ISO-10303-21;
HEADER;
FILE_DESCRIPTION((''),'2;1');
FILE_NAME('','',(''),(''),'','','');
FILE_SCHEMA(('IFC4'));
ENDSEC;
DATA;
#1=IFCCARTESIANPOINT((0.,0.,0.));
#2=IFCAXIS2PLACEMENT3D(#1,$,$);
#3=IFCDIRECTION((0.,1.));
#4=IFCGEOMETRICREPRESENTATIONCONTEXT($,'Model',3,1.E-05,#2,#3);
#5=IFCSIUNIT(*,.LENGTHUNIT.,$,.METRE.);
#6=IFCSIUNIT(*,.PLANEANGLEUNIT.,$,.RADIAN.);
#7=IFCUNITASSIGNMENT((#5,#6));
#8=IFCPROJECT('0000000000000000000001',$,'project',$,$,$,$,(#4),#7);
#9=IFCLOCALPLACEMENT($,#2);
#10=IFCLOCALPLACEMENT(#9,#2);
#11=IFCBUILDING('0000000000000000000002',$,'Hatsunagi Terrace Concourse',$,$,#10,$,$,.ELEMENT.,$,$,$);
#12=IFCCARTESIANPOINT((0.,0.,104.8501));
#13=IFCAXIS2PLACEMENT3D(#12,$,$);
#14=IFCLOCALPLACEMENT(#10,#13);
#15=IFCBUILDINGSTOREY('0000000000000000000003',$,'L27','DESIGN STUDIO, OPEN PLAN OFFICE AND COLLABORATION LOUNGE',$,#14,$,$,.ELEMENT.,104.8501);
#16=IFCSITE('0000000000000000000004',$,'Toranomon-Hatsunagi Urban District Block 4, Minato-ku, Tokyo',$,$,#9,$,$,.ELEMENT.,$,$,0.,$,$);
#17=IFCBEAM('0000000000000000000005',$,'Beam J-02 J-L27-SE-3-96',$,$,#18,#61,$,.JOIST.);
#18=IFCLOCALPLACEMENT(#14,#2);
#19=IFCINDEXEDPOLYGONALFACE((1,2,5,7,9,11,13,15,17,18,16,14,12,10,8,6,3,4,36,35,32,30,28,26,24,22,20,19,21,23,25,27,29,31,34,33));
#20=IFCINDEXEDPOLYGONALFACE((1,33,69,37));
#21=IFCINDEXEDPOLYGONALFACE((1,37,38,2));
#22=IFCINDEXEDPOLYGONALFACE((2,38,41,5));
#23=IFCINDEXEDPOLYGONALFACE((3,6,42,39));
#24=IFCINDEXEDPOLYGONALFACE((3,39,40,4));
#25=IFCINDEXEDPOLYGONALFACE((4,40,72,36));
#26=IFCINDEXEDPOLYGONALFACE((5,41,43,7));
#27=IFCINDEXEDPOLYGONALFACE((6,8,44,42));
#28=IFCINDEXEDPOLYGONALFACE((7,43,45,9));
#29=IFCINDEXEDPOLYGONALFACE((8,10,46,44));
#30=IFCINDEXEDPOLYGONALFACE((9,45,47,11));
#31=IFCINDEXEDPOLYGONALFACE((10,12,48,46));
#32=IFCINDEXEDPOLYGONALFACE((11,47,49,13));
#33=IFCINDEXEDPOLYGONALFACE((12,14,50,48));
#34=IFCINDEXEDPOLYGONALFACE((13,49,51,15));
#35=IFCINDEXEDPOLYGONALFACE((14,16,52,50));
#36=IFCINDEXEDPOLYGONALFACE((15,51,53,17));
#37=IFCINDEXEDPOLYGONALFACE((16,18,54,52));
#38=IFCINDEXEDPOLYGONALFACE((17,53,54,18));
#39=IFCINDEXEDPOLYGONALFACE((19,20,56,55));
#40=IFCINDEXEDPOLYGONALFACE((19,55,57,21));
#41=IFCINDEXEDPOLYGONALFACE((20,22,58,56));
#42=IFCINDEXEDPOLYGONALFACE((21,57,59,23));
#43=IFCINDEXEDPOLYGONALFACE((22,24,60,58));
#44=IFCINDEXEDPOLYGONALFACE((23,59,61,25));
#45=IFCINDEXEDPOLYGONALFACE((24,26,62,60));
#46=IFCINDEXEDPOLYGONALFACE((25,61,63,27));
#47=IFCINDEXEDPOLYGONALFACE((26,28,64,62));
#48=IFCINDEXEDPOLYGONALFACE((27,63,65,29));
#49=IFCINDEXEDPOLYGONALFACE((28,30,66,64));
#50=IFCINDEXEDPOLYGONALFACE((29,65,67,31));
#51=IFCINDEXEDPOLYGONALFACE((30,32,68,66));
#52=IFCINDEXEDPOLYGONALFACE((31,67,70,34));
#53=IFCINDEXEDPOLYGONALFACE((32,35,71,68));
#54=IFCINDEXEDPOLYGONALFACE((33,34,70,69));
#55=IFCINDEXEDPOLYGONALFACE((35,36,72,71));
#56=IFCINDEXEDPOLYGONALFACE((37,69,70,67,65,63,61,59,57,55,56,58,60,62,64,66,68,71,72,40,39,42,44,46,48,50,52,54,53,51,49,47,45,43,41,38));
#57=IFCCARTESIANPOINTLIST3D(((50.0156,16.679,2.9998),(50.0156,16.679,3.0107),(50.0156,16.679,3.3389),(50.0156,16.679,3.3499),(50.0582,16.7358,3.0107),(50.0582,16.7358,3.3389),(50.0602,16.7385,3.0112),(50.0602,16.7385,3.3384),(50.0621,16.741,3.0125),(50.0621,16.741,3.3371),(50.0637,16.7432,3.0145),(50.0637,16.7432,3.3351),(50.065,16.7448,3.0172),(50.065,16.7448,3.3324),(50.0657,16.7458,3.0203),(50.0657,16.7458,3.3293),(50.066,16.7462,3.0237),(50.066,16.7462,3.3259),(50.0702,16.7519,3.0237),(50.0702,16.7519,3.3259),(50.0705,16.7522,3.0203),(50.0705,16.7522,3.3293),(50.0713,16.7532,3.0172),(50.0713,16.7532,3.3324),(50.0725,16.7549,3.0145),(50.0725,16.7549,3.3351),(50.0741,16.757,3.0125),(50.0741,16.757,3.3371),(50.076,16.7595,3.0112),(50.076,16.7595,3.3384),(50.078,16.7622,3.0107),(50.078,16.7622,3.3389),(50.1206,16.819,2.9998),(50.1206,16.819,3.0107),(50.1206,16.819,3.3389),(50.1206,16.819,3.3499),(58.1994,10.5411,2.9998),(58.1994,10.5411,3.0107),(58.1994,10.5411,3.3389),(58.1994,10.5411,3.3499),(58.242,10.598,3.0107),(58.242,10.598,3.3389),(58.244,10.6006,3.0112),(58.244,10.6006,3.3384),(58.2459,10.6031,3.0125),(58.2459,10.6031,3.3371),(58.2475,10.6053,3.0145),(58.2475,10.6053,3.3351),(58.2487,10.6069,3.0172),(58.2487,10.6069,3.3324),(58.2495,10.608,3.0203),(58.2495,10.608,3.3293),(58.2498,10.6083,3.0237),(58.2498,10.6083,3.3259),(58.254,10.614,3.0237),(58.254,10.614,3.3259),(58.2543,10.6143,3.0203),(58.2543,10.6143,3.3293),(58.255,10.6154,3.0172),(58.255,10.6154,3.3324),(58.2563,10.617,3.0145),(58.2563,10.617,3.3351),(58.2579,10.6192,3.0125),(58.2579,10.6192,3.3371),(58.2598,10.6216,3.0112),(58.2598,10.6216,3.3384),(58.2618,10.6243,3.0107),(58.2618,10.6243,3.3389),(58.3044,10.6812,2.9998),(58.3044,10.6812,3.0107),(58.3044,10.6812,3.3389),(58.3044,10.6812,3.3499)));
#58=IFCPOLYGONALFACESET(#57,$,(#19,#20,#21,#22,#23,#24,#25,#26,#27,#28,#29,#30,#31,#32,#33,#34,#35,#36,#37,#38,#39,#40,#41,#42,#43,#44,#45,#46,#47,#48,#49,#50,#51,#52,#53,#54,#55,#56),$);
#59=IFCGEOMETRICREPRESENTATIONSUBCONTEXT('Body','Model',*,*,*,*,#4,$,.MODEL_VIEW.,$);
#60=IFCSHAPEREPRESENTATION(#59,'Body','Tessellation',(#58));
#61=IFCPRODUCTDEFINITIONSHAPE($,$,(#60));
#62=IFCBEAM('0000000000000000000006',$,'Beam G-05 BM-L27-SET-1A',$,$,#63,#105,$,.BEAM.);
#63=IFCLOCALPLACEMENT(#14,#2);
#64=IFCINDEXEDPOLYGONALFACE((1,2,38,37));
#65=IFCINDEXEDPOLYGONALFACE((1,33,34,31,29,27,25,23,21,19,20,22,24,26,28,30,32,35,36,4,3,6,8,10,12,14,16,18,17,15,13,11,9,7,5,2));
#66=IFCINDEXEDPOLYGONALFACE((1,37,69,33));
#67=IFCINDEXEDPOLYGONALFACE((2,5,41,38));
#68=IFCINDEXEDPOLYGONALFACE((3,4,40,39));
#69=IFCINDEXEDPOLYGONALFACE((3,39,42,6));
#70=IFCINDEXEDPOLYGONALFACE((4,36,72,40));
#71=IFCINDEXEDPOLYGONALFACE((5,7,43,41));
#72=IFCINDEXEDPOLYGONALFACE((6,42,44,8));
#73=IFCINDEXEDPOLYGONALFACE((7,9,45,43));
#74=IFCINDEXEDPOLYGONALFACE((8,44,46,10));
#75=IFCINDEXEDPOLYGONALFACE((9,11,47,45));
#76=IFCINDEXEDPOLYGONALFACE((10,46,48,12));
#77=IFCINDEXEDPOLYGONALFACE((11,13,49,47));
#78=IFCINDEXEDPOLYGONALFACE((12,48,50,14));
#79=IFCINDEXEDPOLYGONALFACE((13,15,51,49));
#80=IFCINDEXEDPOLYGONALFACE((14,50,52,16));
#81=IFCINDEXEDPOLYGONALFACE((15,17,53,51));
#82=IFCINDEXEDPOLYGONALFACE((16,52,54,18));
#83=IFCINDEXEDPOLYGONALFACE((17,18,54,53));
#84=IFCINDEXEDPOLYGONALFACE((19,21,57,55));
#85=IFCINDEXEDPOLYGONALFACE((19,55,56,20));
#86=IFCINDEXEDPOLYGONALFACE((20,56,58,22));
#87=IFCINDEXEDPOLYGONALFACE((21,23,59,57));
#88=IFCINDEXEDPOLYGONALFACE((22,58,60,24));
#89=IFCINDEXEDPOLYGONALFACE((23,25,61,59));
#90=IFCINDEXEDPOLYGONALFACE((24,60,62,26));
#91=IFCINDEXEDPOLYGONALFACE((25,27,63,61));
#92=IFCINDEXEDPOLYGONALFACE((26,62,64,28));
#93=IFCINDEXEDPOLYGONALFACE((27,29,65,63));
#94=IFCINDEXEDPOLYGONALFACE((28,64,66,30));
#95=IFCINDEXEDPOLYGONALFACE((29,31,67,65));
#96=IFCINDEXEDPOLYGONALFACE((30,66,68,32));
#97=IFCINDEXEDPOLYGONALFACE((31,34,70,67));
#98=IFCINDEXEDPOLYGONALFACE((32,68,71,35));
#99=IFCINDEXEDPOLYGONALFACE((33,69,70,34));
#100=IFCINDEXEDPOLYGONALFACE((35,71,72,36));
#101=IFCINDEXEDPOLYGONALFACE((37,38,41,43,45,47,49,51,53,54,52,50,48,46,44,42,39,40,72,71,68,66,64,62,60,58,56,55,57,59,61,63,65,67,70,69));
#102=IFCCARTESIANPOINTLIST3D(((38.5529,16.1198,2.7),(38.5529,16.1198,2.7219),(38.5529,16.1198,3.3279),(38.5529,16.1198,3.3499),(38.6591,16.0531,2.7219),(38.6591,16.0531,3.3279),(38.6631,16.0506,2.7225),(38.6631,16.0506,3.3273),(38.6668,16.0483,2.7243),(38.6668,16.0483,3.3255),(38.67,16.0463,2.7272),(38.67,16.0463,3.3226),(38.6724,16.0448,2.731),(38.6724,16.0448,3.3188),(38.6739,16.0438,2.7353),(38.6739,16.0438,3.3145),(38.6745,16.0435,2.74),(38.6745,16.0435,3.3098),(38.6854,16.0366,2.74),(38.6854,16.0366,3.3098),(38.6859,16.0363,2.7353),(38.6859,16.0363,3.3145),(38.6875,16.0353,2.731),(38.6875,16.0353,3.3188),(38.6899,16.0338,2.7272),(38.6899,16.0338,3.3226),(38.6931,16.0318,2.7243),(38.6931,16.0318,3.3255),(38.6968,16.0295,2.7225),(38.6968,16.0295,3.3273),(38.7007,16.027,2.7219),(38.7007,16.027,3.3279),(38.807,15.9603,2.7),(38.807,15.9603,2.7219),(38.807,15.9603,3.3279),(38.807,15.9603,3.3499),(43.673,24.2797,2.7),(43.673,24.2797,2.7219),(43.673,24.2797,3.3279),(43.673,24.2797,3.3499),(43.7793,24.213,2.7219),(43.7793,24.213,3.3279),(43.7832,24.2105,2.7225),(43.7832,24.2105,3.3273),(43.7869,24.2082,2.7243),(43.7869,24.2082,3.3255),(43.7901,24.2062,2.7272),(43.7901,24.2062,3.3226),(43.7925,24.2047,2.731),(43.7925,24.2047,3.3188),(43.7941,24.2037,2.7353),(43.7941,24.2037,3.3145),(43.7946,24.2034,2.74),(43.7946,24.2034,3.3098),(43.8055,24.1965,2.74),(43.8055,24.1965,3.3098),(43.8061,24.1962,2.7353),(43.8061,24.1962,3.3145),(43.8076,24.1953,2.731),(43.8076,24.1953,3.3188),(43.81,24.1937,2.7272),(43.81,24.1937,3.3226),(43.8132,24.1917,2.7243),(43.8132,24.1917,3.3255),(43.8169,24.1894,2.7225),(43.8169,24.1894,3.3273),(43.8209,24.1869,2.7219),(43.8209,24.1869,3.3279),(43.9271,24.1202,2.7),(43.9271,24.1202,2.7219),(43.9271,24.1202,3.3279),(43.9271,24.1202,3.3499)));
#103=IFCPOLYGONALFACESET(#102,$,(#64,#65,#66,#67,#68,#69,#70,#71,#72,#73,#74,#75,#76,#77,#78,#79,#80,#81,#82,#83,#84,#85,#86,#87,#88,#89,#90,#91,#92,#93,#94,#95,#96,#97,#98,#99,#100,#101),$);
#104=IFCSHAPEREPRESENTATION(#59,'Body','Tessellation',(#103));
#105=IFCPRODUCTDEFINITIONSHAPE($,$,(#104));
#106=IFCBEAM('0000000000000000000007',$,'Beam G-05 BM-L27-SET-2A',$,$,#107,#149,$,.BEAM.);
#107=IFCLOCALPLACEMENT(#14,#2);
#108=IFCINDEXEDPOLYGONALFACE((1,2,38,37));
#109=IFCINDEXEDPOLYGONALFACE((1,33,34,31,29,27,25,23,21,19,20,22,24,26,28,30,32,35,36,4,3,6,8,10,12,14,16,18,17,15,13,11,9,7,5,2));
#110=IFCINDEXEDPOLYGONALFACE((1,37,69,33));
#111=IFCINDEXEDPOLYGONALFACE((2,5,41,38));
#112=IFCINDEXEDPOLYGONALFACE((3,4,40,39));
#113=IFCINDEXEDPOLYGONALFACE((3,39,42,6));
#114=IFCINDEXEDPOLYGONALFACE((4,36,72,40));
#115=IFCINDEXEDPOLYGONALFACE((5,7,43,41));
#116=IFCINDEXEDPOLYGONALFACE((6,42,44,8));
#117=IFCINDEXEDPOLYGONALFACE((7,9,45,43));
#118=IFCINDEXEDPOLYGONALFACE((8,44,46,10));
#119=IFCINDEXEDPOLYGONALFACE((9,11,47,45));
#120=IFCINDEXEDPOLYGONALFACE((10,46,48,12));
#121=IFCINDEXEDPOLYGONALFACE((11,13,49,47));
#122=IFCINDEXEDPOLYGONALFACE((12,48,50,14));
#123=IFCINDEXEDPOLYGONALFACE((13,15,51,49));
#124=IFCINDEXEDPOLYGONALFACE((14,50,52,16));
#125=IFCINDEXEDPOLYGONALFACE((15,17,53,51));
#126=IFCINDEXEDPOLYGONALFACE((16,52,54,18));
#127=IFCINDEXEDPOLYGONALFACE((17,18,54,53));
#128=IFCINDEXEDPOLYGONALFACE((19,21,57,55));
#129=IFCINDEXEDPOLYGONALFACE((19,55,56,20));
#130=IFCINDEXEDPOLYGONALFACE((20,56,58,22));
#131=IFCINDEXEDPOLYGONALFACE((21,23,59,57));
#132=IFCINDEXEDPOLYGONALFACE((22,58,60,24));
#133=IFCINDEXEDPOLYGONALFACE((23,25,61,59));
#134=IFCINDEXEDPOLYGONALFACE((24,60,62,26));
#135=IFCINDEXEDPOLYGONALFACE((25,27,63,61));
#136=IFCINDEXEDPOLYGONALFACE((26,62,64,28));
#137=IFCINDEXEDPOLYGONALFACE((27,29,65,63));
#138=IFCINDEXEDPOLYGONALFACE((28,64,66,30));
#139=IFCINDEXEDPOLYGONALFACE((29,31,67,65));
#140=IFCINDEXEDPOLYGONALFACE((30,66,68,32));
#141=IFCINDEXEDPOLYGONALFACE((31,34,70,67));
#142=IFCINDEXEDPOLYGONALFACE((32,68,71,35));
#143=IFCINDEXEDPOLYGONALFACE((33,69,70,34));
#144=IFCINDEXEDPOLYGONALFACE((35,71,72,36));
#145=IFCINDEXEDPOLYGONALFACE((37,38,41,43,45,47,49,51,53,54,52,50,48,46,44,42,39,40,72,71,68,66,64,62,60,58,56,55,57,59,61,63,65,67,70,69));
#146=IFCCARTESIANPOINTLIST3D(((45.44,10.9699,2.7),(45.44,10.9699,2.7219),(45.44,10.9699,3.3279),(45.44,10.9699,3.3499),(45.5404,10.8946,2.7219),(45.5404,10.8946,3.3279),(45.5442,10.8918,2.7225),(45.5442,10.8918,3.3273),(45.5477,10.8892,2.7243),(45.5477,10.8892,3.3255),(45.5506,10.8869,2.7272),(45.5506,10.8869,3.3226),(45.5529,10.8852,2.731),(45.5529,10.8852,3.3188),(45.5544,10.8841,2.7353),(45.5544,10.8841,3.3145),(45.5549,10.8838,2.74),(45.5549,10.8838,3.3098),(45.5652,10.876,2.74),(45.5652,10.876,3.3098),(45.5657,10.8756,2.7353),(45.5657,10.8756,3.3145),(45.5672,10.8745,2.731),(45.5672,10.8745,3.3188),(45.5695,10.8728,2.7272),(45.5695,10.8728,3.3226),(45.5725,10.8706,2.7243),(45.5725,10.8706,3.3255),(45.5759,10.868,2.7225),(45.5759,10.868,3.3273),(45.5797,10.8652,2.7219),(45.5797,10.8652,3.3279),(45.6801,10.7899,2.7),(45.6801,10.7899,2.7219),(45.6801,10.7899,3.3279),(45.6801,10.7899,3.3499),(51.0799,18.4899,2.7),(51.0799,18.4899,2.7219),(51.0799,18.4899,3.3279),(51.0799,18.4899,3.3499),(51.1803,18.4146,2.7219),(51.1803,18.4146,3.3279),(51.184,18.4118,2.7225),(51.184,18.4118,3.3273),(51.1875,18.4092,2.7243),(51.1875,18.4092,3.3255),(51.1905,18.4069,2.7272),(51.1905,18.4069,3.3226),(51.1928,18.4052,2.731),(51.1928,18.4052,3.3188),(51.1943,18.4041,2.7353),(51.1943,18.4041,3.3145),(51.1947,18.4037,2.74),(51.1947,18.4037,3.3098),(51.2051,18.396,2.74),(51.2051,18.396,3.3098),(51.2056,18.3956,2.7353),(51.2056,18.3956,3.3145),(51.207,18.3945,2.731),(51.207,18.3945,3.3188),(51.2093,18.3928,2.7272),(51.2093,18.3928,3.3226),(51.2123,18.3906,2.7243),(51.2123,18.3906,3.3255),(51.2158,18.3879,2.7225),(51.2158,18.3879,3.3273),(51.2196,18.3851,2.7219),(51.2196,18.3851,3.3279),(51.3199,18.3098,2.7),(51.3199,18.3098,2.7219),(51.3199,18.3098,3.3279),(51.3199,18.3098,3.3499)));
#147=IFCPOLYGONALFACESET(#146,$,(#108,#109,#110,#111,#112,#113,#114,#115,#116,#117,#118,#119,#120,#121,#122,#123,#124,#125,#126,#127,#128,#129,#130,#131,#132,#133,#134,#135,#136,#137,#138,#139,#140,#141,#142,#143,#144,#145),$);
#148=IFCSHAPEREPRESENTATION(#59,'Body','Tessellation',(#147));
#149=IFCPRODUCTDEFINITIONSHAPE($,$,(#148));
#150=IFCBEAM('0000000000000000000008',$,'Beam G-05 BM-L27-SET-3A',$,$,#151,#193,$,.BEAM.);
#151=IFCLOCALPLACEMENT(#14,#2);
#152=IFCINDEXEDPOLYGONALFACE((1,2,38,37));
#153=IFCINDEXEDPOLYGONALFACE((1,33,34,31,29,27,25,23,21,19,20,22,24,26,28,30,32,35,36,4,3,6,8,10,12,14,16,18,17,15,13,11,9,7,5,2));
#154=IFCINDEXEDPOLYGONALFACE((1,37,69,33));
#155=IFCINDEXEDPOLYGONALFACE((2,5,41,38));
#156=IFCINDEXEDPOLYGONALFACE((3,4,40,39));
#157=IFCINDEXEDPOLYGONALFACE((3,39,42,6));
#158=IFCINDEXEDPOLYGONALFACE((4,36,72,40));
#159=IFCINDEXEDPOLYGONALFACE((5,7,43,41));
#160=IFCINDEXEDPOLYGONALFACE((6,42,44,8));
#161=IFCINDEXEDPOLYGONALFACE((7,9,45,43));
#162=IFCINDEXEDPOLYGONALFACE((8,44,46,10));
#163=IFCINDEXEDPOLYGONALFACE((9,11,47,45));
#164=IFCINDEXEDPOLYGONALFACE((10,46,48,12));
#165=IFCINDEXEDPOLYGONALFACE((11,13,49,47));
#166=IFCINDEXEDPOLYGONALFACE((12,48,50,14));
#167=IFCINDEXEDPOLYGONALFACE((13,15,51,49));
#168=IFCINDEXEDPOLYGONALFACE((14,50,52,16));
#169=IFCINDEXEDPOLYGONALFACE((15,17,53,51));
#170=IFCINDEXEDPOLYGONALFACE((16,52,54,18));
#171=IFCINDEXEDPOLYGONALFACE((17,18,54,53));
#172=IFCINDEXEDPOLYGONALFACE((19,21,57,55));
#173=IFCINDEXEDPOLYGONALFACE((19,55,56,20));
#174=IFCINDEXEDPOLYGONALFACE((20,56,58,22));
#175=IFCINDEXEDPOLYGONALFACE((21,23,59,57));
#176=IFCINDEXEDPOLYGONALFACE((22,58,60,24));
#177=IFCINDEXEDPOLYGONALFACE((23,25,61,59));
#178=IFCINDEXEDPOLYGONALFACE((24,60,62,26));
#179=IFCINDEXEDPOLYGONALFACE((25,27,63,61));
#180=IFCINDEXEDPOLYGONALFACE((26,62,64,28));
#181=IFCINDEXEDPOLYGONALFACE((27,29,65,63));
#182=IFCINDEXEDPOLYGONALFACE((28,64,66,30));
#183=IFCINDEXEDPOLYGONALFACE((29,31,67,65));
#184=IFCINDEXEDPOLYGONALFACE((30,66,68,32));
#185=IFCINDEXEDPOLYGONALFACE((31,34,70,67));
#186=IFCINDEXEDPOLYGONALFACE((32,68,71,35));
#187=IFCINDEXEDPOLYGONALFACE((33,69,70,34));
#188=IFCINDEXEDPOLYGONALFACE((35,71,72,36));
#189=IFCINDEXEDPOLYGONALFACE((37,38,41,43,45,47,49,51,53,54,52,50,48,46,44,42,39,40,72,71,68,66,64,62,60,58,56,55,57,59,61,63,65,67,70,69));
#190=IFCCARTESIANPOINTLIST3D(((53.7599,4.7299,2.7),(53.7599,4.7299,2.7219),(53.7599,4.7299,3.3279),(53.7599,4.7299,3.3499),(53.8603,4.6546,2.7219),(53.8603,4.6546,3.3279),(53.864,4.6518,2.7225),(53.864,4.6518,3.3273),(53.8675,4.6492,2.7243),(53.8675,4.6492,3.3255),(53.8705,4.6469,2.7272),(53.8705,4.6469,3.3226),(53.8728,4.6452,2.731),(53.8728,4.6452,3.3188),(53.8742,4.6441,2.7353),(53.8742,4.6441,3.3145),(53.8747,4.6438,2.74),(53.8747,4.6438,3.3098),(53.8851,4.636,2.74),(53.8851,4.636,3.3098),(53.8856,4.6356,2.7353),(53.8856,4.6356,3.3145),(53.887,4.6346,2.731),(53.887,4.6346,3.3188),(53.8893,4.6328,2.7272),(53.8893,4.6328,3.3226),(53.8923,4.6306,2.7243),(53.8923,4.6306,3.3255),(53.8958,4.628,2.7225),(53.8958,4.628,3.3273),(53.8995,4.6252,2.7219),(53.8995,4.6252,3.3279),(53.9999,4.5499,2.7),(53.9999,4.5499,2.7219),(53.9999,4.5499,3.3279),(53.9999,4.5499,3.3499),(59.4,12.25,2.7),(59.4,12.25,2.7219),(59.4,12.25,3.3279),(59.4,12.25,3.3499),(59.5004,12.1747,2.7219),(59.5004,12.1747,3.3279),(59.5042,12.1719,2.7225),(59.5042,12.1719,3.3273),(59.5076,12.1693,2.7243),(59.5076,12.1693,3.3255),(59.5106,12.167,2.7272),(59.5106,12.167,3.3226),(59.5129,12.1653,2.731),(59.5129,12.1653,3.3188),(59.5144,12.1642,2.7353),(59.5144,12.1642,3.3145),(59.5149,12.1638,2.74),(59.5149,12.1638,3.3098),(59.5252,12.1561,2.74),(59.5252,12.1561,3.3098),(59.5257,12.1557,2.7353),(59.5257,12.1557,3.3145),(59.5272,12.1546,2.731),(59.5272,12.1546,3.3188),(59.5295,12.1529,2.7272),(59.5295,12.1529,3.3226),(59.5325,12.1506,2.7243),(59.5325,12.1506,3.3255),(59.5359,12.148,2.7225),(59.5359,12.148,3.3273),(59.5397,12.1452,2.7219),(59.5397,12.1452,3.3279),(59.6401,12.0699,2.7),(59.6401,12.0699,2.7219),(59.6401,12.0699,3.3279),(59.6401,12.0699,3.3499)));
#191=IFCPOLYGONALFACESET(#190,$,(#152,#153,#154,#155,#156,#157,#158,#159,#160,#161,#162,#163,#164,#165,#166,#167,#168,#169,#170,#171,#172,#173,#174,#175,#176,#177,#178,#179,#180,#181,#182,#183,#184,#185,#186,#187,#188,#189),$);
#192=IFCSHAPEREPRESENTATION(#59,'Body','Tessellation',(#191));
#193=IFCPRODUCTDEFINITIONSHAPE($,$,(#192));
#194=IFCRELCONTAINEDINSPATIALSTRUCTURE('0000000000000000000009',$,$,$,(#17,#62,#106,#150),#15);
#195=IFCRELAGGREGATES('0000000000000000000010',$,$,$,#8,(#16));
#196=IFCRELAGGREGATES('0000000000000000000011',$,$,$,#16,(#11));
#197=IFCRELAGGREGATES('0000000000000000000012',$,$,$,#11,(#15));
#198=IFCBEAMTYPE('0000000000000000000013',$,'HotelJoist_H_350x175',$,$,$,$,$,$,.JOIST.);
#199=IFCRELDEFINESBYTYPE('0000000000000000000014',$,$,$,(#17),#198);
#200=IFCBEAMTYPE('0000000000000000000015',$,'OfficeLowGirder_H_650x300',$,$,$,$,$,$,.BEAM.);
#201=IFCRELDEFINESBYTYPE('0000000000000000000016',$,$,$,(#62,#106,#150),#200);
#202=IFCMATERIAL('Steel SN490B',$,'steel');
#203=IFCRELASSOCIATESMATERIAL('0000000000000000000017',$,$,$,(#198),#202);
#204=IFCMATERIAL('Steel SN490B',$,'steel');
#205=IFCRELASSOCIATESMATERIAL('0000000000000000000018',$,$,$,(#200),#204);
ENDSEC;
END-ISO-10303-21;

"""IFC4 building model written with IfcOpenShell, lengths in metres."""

from ifc_helpers import new_model, si_unit, direction, frame, origin, origin_2d, place, context, subcontext, project, spatial, i_section, extrude, material, material_profile, profile_set, type_object, element, save


model = new_model("IFC4")

# Units and contexts
model_context = context("Model", 3, precision=1e-05, world=origin(), true_north=direction((0.0, 1.0)))
body_context = subcontext(model_context, "Body", "Model", "MODEL_VIEW")
ifc_project = project(units=[si_unit("LENGTHUNIT", "METRE"), si_unit("PLANEANGLEUNIT", "RADIAN")], contexts=[model_context])

# Site, building, storey
site_placement = place(None, origin())
site = spatial("IfcSite", under=ifc_project, at=site_placement, Name="Toranomon-Hatsunagi Urban District Block 4, Minato-ku, Tokyo", CompositionType="ELEMENT", RefElevation=0.0)
building_placement = place(site_placement, origin())
building = spatial("IfcBuilding", under=site, at=building_placement, Name="Hatsunagi Terrace Concourse", CompositionType="ELEMENT")
storey_placement = place(building_placement, frame((0.0, 0.0, 104.8501)))
storey = spatial("IfcBuildingStorey", under=building, at=storey_placement, Name="L27", Description="DESIGN STUDIO, OPEN PLAN OFFICE AND COLLABORATION LOUNGE", CompositionType="ELEMENT", Elevation=104.8501)

# Beams
ifc_material_1 = material(Name="Steel SN490B", Category="steel")
ifc_material_profile_1 = material_profile(ifc_material_1, i_section(OverallWidth=0.175, OverallDepth=0.3501, WebThickness=0.0071, FlangeThickness=0.011, FilletRadius=0.0129, at=origin_2d()), Name="H-350x175x7x11")
ifc_profile_set_1 = profile_set([ifc_material_profile_1], Name="Steel SN490B")
beam_type_1 = type_object("IfcBeamType", Name="HotelJoist_H_350x175", PredefinedType="JOIST", material=ifc_profile_set_1)
beam_1_placement = place(storey_placement, frame((50.0681, 16.749, 3.1748), z_axis=(0.799997, -0.600004, 0.0), x_axis=(0.600004, 0.799997, 0.0)))
element("IfcBeam", 1, at=beam_1_placement, inside=storey, type_object=beam_type_1, Name="Beam J-02 J-L27-SE-3-96", PredefinedType="JOIST", context=body_context, shape_type="SweptSolid", body=[
    extrude(i_section(OverallWidth=0.175, OverallDepth=0.3501, WebThickness=0.0071, FlangeThickness=0.011, FilletRadius=0.0129, at=origin_2d()), origin(), (0.0, 0.0, 1.0), 10.2297),
])
ifc_material_2 = material(Name="Steel SN490B", Category="steel")
ifc_material_profile_2 = material_profile(ifc_material_2, i_section(OverallWidth=0.3, OverallDepth=0.6499, WebThickness=0.0129, FlangeThickness=0.022, FilletRadius=0.0181, at=origin_2d()), Name="H-650x300x13x22")
ifc_profile_set_2 = profile_set([ifc_material_profile_2], Name="Steel SN490B")
beam_type_2 = type_object("IfcBeamType", Name="OfficeLowGirder_H_650x300", PredefinedType="BEAM", material=ifc_profile_set_2)
beam_2_placement = place(storey_placement, frame((38.6799, 16.04, 3.0249), z_axis=(0.531504, 0.847056, 0.0), x_axis=(-0.847056, 0.531504, 0.0)))
element("IfcBeam", 2, at=beam_2_placement, inside=storey, type_object=beam_type_2, Name="Beam G-05 BM-L27-SET-1A", PredefinedType="BEAM", context=body_context, shape_type="SweptSolid", body=[
    extrude(i_section(OverallWidth=0.3, OverallDepth=0.6499, WebThickness=0.0129, FlangeThickness=0.022, FilletRadius=0.0181, at=origin_2d()), origin(), (0.0, 0.0, 1.0), 9.6333),
])
beam_3_placement = place(storey_placement, frame((45.5601, 10.8799, 3.0249), z_axis=(0.599992, 0.800006, 0.0), x_axis=(-0.800006, 0.599992, 0.0)))
element("IfcBeam", 3, at=beam_3_placement, inside=storey, type_object=beam_type_2, Name="Beam G-05 BM-L27-SET-2A", PredefinedType="BEAM", context=body_context, shape_type="SweptSolid", body=[
    extrude(i_section(OverallWidth=0.3, OverallDepth=0.6499, WebThickness=0.0129, FlangeThickness=0.022, FilletRadius=0.0181, at=origin_2d()), origin(), (0.0, 0.0, 1.0), 9.3999),
])
beam_4_placement = place(storey_placement, frame((53.8799, 4.6399, 3.0249), z_axis=(0.600008, 0.799994, 0.0), x_axis=(-0.799994, 0.600008, 0.0)))
element("IfcBeam", 4, at=beam_4_placement, inside=storey, type_object=beam_type_2, Name="Beam G-05 BM-L27-SET-3A", PredefinedType="BEAM", context=body_context, shape_type="SweptSolid", body=[
    extrude(i_section(OverallWidth=0.3, OverallDepth=0.6499, WebThickness=0.0129, FlangeThickness=0.022, FilletRadius=0.0181, at=origin_2d()), origin(), (0.0, 0.0, 1.0), 9.4001),
])

save(model, "model.ifc")
